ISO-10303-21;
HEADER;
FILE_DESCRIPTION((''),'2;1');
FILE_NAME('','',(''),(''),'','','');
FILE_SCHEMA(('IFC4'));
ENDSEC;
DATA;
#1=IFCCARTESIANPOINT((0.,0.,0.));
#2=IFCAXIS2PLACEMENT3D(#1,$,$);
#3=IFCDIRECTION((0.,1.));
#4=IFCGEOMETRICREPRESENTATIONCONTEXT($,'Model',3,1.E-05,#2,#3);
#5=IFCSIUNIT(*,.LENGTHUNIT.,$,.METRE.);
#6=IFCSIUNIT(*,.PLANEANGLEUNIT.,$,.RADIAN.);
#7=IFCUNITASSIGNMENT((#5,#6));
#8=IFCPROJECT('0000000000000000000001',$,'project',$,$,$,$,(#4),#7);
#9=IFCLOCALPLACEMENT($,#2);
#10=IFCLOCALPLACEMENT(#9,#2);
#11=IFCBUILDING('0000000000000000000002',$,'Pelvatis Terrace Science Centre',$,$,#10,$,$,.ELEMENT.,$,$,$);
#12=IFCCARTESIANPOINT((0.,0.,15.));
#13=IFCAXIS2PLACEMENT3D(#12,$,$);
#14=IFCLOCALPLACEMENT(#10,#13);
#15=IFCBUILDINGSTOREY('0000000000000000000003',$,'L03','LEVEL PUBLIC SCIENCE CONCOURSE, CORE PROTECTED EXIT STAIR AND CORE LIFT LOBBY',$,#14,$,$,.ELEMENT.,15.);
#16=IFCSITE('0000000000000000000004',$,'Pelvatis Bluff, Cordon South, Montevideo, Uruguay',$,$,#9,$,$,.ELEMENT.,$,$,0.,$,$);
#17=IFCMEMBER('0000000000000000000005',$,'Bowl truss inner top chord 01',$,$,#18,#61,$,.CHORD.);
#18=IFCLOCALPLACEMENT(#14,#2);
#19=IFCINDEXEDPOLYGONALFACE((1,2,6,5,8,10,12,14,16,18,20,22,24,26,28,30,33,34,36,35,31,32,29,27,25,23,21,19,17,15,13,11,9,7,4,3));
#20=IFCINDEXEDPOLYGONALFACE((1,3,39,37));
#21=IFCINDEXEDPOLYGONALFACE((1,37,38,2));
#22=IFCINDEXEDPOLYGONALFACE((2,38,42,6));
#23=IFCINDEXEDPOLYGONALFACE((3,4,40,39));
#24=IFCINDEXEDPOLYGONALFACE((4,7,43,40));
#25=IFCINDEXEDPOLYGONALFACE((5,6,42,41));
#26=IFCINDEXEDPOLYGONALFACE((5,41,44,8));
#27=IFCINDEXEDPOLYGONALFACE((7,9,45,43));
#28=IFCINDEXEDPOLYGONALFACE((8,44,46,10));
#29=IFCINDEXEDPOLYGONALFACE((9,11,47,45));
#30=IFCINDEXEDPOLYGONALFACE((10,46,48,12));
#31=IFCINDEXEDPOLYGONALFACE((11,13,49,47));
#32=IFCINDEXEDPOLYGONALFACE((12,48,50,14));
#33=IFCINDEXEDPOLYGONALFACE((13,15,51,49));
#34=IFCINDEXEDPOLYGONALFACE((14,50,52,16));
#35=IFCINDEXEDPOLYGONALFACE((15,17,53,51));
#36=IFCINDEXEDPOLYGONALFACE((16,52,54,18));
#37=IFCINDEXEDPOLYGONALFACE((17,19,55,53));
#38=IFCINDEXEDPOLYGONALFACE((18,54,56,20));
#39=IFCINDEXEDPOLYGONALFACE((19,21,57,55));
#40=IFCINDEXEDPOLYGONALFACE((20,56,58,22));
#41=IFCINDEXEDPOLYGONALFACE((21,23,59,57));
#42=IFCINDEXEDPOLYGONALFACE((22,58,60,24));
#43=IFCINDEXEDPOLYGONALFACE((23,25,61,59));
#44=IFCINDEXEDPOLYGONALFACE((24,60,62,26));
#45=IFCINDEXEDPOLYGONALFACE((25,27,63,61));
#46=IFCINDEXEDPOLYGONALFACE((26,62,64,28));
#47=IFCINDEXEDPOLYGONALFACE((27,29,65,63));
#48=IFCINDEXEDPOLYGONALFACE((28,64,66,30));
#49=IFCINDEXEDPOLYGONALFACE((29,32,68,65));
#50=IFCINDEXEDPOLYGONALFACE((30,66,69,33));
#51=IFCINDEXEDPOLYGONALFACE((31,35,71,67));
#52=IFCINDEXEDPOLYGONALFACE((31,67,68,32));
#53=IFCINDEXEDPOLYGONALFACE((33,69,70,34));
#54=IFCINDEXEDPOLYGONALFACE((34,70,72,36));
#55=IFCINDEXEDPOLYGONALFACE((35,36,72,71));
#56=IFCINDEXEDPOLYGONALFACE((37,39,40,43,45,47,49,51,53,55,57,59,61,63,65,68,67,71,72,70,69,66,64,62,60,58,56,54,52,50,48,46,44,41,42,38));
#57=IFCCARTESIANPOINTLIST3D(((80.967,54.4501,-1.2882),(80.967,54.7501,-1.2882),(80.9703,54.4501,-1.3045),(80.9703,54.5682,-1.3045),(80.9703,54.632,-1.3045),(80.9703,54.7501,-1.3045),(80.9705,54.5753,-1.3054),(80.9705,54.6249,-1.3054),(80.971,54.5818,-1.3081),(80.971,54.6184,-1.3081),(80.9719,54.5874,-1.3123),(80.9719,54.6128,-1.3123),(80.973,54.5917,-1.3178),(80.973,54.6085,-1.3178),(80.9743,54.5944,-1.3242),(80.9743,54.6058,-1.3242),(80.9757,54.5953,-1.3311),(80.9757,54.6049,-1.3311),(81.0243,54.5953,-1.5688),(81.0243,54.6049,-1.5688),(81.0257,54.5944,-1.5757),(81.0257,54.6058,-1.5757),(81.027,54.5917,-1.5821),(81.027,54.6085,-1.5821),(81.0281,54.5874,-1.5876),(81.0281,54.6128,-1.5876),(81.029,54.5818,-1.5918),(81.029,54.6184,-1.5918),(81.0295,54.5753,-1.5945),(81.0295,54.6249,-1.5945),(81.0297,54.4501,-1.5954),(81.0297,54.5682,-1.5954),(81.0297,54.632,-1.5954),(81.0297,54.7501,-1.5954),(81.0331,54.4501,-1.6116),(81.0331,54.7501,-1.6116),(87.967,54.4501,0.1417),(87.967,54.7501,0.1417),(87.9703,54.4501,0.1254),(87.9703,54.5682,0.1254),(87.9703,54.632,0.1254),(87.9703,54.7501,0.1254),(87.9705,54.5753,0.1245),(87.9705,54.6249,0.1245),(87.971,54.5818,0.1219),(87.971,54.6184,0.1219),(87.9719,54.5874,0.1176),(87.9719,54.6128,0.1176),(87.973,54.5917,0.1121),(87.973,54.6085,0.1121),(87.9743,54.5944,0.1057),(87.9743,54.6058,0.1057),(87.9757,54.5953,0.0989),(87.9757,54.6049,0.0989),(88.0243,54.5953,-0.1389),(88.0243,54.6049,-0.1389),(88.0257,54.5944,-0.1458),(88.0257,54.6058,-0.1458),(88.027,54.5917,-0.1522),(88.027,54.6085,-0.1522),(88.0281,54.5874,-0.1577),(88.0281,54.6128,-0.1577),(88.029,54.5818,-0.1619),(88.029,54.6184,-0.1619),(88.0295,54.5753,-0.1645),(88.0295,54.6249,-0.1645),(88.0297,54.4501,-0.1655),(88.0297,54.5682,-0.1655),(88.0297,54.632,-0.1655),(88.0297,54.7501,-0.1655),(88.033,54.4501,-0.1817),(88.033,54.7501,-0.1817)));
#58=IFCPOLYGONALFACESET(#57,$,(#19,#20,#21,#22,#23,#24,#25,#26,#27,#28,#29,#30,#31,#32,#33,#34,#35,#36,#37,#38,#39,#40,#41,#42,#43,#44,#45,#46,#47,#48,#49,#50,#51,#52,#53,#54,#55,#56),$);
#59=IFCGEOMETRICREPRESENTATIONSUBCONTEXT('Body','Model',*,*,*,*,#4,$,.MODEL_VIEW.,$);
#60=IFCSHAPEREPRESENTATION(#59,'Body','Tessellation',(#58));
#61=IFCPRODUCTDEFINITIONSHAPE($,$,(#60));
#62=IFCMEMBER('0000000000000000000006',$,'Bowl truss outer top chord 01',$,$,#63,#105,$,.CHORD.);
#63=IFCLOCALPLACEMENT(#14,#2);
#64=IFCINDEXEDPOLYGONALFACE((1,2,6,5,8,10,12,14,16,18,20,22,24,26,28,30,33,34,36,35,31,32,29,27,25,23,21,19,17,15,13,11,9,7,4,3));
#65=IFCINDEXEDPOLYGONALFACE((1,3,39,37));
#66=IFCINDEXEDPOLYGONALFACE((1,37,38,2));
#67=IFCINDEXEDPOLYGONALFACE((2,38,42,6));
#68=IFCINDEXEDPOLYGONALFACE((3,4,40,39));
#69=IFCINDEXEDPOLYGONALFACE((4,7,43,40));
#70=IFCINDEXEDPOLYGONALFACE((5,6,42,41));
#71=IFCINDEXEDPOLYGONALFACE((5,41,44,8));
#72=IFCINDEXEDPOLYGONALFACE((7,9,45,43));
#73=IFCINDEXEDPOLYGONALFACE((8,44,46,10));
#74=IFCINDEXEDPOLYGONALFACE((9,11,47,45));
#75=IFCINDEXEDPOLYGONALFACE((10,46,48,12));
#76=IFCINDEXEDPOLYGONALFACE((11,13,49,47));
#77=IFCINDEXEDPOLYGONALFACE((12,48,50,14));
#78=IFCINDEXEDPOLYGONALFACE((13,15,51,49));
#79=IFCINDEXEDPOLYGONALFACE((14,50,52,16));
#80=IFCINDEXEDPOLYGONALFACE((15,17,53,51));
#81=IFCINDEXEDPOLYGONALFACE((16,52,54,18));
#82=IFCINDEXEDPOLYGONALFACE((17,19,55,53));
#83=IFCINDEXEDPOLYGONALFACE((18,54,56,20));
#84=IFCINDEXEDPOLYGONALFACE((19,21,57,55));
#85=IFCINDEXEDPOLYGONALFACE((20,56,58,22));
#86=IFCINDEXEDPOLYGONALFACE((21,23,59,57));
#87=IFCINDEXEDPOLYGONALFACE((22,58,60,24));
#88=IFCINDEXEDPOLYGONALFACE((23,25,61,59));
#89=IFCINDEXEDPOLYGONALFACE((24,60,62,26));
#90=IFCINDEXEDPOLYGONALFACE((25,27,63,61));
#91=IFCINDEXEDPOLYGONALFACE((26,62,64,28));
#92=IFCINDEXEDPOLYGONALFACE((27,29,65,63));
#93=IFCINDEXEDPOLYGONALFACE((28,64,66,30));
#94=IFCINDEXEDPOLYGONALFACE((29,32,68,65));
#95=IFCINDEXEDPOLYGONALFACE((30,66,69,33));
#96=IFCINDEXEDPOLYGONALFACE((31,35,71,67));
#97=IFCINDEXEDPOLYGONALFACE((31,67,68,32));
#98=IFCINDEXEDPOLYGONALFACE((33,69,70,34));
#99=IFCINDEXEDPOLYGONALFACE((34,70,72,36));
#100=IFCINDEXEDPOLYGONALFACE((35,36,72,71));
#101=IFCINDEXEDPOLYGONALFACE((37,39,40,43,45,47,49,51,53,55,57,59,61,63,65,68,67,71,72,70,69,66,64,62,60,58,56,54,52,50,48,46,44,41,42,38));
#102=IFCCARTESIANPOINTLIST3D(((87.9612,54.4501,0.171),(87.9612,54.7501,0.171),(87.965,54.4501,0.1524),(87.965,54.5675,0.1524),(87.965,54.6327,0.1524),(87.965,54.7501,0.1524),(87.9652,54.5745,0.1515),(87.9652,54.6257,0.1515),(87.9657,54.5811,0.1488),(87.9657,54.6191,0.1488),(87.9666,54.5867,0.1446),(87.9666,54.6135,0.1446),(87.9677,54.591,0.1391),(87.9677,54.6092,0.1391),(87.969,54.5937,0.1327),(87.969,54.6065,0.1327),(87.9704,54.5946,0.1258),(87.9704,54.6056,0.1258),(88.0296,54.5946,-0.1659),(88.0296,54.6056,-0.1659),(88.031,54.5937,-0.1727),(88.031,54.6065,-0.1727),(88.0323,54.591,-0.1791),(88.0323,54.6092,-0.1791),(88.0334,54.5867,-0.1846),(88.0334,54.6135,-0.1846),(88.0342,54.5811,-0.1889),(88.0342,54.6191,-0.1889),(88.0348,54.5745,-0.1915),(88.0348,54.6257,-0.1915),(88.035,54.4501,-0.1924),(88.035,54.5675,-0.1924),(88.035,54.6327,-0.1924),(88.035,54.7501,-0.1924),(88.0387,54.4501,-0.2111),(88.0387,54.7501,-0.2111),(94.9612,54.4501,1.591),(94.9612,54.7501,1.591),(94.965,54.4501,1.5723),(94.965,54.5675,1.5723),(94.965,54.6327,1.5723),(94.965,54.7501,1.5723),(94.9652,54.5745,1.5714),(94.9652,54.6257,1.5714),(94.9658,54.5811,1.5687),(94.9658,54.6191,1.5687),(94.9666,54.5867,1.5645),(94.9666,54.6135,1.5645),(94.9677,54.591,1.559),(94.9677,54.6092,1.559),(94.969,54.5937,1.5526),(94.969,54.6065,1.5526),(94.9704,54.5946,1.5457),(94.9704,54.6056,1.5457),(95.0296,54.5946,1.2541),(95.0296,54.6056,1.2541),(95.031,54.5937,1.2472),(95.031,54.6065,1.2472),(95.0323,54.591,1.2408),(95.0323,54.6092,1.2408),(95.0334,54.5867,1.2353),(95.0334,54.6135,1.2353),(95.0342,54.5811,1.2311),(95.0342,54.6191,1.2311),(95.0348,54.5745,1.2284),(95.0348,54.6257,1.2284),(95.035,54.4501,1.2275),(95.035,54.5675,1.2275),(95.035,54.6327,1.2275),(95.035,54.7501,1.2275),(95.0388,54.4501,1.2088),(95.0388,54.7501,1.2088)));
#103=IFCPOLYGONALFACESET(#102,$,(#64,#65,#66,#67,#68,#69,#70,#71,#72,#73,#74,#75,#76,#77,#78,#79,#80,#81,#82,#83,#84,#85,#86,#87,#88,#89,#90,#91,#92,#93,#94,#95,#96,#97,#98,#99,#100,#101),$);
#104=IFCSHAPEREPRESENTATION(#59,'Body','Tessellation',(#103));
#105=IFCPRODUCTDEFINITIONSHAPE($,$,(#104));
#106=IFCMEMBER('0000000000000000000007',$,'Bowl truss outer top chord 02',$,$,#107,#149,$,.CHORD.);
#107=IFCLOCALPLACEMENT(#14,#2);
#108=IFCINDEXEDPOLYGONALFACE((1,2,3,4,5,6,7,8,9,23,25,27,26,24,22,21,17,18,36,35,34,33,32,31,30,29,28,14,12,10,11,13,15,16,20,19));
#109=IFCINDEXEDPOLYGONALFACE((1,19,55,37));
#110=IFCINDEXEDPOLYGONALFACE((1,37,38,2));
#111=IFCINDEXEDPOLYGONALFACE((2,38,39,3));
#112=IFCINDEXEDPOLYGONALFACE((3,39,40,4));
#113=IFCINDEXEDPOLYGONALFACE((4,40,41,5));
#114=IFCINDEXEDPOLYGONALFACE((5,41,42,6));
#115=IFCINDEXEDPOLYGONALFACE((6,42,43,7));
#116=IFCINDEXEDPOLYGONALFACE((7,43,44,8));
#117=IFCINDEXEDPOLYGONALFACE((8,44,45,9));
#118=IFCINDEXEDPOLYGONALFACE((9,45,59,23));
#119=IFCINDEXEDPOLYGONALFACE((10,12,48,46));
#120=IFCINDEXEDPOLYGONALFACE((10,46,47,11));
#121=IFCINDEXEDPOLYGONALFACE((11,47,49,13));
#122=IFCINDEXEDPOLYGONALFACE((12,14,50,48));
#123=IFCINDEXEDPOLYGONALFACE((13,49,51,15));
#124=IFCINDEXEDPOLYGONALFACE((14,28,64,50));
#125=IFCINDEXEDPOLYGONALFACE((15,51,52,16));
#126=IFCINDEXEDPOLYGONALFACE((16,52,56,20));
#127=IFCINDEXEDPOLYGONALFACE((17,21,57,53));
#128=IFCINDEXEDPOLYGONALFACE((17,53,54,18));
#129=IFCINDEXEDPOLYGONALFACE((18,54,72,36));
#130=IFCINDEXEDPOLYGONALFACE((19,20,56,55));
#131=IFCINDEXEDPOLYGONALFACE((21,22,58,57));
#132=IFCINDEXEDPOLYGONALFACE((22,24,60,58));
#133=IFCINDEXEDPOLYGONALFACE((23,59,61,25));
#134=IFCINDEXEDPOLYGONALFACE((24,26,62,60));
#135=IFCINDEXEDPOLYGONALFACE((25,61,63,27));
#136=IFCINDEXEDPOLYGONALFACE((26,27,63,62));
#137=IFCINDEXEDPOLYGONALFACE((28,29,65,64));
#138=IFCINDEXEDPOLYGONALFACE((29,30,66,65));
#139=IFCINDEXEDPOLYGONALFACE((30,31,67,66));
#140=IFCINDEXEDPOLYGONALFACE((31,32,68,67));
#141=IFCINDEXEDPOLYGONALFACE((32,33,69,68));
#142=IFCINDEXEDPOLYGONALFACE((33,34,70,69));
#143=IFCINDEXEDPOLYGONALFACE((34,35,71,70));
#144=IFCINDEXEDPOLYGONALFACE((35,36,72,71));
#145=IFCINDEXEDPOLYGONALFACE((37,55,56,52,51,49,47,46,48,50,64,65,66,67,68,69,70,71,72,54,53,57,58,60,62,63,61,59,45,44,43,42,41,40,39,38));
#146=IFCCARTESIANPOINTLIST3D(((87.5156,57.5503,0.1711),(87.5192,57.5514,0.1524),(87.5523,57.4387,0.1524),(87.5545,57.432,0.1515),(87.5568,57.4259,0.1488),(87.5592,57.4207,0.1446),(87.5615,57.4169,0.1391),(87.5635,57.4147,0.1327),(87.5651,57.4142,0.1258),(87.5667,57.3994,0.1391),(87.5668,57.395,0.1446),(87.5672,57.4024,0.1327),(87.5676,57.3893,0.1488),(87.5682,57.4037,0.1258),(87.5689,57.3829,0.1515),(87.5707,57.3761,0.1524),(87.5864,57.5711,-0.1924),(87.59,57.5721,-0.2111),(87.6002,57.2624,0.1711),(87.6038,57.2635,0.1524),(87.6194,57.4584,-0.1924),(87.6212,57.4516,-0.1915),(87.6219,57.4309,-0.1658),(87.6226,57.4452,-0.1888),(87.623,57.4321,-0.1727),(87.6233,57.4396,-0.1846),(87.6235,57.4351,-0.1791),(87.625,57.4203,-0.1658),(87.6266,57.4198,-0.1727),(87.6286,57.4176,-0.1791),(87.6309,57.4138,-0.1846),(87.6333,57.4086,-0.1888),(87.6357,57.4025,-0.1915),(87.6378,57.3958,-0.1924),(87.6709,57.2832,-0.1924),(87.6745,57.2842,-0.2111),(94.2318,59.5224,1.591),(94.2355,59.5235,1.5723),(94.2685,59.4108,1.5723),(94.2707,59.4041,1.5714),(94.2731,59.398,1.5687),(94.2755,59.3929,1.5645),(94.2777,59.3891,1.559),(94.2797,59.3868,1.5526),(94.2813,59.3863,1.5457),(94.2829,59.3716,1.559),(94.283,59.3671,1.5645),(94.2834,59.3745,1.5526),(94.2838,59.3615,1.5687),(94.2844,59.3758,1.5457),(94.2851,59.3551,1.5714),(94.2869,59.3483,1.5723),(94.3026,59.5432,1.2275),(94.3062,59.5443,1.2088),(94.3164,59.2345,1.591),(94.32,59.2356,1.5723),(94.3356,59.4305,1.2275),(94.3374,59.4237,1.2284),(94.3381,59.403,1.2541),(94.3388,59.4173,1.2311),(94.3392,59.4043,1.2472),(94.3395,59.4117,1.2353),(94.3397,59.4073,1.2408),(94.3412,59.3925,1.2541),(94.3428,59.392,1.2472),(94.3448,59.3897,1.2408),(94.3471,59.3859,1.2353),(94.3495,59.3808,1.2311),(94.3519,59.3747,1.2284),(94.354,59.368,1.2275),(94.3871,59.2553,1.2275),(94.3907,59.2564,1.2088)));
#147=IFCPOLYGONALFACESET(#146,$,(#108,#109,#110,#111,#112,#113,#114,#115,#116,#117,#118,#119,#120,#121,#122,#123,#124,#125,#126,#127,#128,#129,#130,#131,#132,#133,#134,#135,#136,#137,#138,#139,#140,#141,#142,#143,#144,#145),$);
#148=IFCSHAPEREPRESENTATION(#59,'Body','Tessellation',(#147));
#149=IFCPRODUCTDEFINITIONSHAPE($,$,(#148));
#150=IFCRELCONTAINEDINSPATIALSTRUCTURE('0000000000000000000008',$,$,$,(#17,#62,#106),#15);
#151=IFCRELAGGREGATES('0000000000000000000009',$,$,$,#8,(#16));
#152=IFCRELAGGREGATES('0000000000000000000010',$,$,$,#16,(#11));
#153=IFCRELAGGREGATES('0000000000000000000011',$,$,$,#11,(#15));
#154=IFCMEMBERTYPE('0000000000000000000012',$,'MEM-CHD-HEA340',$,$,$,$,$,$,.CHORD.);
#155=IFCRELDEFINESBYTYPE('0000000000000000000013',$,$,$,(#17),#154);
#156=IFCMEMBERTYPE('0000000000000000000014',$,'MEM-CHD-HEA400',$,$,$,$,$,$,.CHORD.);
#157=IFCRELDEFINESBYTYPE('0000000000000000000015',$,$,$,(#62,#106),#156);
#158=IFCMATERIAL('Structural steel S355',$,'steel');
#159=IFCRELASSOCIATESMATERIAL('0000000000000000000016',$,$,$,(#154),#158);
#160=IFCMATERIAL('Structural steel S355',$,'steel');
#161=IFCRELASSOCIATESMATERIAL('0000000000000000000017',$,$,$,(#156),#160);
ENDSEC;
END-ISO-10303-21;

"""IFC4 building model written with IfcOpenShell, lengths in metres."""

from ifc_helpers import new_model, si_unit, direction, frame, origin, origin_2d, place, context, subcontext, project, spatial, i_section, extrude, material, material_profile, profile_set, type_object, element, save


model = new_model("IFC4")

# Units and contexts
model_context = context("Model", 3, precision=1e-05, world=origin(), true_north=direction((0.0, 1.0)))
body_context = subcontext(model_context, "Body", "Model", "MODEL_VIEW")
ifc_project = project(units=[si_unit("LENGTHUNIT", "METRE"), si_unit("PLANEANGLEUNIT", "RADIAN")], contexts=[model_context])

# Site, building, storey
site_placement = place(None, origin())
site = spatial("IfcSite", under=ifc_project, at=site_placement, Name="Pelvatis Bluff, Cordon South, Montevideo, Uruguay", CompositionType="ELEMENT", RefElevation=0.0)
building_placement = place(site_placement, origin())
building = spatial("IfcBuilding", under=site, at=building_placement, Name="Pelvatis Terrace Science Centre", CompositionType="ELEMENT")
storey_placement = place(building_placement, frame((0.0, 0.0, 15.0)))
storey = spatial("IfcBuildingStorey", under=building, at=storey_placement, Name="L03", Description="LEVEL PUBLIC SCIENCE CONCOURSE, CORE PROTECTED EXIT STAIR AND CORE LIFT LOBBY", CompositionType="ELEMENT", Elevation=15.0)

# Members
ifc_material_1 = material(Name="Structural steel S355", Category="steel")
ifc_material_profile_1 = material_profile(ifc_material_1, i_section(OverallWidth=0.3, OverallDepth=0.3301, WebThickness=0.0095, FlangeThickness=0.0166, FilletRadius=0.0271, at=origin_2d()), Name="HEA 340")
ifc_profile_set_1 = profile_set([ifc_material_profile_1], Name="Structural steel S355")
member_type_1 = type_object("IfcMemberType", Name="MEM-CHD-HEA340", PredefinedType="CHORD", material=ifc_profile_set_1)
member_1_placement = place(storey_placement, frame((88.0, 54.6001, -0.02), z_axis=(-0.979767, 0.0, -0.200143), x_axis=(0.0, -1.0, 0.0)))
element("IfcMember", 1, at=member_1_placement, inside=storey, type_object=member_type_1, Name="Bowl truss inner top chord 01", PredefinedType="CHORD", context=body_context, shape_type="SweptSolid", body=[
    extrude(i_section(OverallWidth=0.3, OverallDepth=0.3301, WebThickness=0.0095, FlangeThickness=0.0166, FilletRadius=0.0271, at=origin_2d()), origin(), (0.0, 0.0, 1.0), 7.1445),
])
ifc_material_2 = material(Name="Structural steel S355", Category="steel")
ifc_material_profile_2 = material_profile(ifc_material_2, i_section(OverallWidth=0.3, OverallDepth=0.3899, WebThickness=0.011, FlangeThickness=0.019, FilletRadius=0.0271, at=origin_2d()), Name="HEA 400")
ifc_profile_set_2 = profile_set([ifc_material_profile_2], Name="Structural steel S355")
member_type_2 = type_object("IfcMemberType", Name="MEM-CHD-HEA400", PredefinedType="CHORD", material=ifc_profile_set_2)
member_2_placement = place(storey_placement, frame((95.0, 54.6001, 1.3999), z_axis=(-0.980041, 0.0, -0.198797), x_axis=(0.0, -1.0, 0.0)))
element("IfcMember", 2, at=member_2_placement, inside=storey, type_object=member_type_2, Name="Bowl truss outer top chord 01", PredefinedType="CHORD", context=body_context, shape_type="SweptSolid", body=[
    extrude(i_section(OverallWidth=0.3, OverallDepth=0.3899, WebThickness=0.011, FlangeThickness=0.019, FilletRadius=0.0271, at=origin_2d()), origin(), (0.0, 0.0, 1.0), 7.1426),
])
member_3_placement = place(storey_placement, frame((94.3113, 59.3894, 1.3999), z_axis=(-0.940338, -0.27612, -0.198801), x_axis=(0.281743, -0.95949, 0.0)))
element("IfcMember", 3, at=member_3_placement, inside=storey, type_object=member_type_2, Name="Bowl truss outer top chord 02", PredefinedType="CHORD", context=body_context, shape_type="SweptSolid", body=[
    extrude(i_section(OverallWidth=0.3, OverallDepth=0.3899, WebThickness=0.011, FlangeThickness=0.019, FilletRadius=0.0271, at=origin_2d()), origin(), (0.0, 0.0, 1.0), 7.1423),
])

save(model, "model.ifc")
